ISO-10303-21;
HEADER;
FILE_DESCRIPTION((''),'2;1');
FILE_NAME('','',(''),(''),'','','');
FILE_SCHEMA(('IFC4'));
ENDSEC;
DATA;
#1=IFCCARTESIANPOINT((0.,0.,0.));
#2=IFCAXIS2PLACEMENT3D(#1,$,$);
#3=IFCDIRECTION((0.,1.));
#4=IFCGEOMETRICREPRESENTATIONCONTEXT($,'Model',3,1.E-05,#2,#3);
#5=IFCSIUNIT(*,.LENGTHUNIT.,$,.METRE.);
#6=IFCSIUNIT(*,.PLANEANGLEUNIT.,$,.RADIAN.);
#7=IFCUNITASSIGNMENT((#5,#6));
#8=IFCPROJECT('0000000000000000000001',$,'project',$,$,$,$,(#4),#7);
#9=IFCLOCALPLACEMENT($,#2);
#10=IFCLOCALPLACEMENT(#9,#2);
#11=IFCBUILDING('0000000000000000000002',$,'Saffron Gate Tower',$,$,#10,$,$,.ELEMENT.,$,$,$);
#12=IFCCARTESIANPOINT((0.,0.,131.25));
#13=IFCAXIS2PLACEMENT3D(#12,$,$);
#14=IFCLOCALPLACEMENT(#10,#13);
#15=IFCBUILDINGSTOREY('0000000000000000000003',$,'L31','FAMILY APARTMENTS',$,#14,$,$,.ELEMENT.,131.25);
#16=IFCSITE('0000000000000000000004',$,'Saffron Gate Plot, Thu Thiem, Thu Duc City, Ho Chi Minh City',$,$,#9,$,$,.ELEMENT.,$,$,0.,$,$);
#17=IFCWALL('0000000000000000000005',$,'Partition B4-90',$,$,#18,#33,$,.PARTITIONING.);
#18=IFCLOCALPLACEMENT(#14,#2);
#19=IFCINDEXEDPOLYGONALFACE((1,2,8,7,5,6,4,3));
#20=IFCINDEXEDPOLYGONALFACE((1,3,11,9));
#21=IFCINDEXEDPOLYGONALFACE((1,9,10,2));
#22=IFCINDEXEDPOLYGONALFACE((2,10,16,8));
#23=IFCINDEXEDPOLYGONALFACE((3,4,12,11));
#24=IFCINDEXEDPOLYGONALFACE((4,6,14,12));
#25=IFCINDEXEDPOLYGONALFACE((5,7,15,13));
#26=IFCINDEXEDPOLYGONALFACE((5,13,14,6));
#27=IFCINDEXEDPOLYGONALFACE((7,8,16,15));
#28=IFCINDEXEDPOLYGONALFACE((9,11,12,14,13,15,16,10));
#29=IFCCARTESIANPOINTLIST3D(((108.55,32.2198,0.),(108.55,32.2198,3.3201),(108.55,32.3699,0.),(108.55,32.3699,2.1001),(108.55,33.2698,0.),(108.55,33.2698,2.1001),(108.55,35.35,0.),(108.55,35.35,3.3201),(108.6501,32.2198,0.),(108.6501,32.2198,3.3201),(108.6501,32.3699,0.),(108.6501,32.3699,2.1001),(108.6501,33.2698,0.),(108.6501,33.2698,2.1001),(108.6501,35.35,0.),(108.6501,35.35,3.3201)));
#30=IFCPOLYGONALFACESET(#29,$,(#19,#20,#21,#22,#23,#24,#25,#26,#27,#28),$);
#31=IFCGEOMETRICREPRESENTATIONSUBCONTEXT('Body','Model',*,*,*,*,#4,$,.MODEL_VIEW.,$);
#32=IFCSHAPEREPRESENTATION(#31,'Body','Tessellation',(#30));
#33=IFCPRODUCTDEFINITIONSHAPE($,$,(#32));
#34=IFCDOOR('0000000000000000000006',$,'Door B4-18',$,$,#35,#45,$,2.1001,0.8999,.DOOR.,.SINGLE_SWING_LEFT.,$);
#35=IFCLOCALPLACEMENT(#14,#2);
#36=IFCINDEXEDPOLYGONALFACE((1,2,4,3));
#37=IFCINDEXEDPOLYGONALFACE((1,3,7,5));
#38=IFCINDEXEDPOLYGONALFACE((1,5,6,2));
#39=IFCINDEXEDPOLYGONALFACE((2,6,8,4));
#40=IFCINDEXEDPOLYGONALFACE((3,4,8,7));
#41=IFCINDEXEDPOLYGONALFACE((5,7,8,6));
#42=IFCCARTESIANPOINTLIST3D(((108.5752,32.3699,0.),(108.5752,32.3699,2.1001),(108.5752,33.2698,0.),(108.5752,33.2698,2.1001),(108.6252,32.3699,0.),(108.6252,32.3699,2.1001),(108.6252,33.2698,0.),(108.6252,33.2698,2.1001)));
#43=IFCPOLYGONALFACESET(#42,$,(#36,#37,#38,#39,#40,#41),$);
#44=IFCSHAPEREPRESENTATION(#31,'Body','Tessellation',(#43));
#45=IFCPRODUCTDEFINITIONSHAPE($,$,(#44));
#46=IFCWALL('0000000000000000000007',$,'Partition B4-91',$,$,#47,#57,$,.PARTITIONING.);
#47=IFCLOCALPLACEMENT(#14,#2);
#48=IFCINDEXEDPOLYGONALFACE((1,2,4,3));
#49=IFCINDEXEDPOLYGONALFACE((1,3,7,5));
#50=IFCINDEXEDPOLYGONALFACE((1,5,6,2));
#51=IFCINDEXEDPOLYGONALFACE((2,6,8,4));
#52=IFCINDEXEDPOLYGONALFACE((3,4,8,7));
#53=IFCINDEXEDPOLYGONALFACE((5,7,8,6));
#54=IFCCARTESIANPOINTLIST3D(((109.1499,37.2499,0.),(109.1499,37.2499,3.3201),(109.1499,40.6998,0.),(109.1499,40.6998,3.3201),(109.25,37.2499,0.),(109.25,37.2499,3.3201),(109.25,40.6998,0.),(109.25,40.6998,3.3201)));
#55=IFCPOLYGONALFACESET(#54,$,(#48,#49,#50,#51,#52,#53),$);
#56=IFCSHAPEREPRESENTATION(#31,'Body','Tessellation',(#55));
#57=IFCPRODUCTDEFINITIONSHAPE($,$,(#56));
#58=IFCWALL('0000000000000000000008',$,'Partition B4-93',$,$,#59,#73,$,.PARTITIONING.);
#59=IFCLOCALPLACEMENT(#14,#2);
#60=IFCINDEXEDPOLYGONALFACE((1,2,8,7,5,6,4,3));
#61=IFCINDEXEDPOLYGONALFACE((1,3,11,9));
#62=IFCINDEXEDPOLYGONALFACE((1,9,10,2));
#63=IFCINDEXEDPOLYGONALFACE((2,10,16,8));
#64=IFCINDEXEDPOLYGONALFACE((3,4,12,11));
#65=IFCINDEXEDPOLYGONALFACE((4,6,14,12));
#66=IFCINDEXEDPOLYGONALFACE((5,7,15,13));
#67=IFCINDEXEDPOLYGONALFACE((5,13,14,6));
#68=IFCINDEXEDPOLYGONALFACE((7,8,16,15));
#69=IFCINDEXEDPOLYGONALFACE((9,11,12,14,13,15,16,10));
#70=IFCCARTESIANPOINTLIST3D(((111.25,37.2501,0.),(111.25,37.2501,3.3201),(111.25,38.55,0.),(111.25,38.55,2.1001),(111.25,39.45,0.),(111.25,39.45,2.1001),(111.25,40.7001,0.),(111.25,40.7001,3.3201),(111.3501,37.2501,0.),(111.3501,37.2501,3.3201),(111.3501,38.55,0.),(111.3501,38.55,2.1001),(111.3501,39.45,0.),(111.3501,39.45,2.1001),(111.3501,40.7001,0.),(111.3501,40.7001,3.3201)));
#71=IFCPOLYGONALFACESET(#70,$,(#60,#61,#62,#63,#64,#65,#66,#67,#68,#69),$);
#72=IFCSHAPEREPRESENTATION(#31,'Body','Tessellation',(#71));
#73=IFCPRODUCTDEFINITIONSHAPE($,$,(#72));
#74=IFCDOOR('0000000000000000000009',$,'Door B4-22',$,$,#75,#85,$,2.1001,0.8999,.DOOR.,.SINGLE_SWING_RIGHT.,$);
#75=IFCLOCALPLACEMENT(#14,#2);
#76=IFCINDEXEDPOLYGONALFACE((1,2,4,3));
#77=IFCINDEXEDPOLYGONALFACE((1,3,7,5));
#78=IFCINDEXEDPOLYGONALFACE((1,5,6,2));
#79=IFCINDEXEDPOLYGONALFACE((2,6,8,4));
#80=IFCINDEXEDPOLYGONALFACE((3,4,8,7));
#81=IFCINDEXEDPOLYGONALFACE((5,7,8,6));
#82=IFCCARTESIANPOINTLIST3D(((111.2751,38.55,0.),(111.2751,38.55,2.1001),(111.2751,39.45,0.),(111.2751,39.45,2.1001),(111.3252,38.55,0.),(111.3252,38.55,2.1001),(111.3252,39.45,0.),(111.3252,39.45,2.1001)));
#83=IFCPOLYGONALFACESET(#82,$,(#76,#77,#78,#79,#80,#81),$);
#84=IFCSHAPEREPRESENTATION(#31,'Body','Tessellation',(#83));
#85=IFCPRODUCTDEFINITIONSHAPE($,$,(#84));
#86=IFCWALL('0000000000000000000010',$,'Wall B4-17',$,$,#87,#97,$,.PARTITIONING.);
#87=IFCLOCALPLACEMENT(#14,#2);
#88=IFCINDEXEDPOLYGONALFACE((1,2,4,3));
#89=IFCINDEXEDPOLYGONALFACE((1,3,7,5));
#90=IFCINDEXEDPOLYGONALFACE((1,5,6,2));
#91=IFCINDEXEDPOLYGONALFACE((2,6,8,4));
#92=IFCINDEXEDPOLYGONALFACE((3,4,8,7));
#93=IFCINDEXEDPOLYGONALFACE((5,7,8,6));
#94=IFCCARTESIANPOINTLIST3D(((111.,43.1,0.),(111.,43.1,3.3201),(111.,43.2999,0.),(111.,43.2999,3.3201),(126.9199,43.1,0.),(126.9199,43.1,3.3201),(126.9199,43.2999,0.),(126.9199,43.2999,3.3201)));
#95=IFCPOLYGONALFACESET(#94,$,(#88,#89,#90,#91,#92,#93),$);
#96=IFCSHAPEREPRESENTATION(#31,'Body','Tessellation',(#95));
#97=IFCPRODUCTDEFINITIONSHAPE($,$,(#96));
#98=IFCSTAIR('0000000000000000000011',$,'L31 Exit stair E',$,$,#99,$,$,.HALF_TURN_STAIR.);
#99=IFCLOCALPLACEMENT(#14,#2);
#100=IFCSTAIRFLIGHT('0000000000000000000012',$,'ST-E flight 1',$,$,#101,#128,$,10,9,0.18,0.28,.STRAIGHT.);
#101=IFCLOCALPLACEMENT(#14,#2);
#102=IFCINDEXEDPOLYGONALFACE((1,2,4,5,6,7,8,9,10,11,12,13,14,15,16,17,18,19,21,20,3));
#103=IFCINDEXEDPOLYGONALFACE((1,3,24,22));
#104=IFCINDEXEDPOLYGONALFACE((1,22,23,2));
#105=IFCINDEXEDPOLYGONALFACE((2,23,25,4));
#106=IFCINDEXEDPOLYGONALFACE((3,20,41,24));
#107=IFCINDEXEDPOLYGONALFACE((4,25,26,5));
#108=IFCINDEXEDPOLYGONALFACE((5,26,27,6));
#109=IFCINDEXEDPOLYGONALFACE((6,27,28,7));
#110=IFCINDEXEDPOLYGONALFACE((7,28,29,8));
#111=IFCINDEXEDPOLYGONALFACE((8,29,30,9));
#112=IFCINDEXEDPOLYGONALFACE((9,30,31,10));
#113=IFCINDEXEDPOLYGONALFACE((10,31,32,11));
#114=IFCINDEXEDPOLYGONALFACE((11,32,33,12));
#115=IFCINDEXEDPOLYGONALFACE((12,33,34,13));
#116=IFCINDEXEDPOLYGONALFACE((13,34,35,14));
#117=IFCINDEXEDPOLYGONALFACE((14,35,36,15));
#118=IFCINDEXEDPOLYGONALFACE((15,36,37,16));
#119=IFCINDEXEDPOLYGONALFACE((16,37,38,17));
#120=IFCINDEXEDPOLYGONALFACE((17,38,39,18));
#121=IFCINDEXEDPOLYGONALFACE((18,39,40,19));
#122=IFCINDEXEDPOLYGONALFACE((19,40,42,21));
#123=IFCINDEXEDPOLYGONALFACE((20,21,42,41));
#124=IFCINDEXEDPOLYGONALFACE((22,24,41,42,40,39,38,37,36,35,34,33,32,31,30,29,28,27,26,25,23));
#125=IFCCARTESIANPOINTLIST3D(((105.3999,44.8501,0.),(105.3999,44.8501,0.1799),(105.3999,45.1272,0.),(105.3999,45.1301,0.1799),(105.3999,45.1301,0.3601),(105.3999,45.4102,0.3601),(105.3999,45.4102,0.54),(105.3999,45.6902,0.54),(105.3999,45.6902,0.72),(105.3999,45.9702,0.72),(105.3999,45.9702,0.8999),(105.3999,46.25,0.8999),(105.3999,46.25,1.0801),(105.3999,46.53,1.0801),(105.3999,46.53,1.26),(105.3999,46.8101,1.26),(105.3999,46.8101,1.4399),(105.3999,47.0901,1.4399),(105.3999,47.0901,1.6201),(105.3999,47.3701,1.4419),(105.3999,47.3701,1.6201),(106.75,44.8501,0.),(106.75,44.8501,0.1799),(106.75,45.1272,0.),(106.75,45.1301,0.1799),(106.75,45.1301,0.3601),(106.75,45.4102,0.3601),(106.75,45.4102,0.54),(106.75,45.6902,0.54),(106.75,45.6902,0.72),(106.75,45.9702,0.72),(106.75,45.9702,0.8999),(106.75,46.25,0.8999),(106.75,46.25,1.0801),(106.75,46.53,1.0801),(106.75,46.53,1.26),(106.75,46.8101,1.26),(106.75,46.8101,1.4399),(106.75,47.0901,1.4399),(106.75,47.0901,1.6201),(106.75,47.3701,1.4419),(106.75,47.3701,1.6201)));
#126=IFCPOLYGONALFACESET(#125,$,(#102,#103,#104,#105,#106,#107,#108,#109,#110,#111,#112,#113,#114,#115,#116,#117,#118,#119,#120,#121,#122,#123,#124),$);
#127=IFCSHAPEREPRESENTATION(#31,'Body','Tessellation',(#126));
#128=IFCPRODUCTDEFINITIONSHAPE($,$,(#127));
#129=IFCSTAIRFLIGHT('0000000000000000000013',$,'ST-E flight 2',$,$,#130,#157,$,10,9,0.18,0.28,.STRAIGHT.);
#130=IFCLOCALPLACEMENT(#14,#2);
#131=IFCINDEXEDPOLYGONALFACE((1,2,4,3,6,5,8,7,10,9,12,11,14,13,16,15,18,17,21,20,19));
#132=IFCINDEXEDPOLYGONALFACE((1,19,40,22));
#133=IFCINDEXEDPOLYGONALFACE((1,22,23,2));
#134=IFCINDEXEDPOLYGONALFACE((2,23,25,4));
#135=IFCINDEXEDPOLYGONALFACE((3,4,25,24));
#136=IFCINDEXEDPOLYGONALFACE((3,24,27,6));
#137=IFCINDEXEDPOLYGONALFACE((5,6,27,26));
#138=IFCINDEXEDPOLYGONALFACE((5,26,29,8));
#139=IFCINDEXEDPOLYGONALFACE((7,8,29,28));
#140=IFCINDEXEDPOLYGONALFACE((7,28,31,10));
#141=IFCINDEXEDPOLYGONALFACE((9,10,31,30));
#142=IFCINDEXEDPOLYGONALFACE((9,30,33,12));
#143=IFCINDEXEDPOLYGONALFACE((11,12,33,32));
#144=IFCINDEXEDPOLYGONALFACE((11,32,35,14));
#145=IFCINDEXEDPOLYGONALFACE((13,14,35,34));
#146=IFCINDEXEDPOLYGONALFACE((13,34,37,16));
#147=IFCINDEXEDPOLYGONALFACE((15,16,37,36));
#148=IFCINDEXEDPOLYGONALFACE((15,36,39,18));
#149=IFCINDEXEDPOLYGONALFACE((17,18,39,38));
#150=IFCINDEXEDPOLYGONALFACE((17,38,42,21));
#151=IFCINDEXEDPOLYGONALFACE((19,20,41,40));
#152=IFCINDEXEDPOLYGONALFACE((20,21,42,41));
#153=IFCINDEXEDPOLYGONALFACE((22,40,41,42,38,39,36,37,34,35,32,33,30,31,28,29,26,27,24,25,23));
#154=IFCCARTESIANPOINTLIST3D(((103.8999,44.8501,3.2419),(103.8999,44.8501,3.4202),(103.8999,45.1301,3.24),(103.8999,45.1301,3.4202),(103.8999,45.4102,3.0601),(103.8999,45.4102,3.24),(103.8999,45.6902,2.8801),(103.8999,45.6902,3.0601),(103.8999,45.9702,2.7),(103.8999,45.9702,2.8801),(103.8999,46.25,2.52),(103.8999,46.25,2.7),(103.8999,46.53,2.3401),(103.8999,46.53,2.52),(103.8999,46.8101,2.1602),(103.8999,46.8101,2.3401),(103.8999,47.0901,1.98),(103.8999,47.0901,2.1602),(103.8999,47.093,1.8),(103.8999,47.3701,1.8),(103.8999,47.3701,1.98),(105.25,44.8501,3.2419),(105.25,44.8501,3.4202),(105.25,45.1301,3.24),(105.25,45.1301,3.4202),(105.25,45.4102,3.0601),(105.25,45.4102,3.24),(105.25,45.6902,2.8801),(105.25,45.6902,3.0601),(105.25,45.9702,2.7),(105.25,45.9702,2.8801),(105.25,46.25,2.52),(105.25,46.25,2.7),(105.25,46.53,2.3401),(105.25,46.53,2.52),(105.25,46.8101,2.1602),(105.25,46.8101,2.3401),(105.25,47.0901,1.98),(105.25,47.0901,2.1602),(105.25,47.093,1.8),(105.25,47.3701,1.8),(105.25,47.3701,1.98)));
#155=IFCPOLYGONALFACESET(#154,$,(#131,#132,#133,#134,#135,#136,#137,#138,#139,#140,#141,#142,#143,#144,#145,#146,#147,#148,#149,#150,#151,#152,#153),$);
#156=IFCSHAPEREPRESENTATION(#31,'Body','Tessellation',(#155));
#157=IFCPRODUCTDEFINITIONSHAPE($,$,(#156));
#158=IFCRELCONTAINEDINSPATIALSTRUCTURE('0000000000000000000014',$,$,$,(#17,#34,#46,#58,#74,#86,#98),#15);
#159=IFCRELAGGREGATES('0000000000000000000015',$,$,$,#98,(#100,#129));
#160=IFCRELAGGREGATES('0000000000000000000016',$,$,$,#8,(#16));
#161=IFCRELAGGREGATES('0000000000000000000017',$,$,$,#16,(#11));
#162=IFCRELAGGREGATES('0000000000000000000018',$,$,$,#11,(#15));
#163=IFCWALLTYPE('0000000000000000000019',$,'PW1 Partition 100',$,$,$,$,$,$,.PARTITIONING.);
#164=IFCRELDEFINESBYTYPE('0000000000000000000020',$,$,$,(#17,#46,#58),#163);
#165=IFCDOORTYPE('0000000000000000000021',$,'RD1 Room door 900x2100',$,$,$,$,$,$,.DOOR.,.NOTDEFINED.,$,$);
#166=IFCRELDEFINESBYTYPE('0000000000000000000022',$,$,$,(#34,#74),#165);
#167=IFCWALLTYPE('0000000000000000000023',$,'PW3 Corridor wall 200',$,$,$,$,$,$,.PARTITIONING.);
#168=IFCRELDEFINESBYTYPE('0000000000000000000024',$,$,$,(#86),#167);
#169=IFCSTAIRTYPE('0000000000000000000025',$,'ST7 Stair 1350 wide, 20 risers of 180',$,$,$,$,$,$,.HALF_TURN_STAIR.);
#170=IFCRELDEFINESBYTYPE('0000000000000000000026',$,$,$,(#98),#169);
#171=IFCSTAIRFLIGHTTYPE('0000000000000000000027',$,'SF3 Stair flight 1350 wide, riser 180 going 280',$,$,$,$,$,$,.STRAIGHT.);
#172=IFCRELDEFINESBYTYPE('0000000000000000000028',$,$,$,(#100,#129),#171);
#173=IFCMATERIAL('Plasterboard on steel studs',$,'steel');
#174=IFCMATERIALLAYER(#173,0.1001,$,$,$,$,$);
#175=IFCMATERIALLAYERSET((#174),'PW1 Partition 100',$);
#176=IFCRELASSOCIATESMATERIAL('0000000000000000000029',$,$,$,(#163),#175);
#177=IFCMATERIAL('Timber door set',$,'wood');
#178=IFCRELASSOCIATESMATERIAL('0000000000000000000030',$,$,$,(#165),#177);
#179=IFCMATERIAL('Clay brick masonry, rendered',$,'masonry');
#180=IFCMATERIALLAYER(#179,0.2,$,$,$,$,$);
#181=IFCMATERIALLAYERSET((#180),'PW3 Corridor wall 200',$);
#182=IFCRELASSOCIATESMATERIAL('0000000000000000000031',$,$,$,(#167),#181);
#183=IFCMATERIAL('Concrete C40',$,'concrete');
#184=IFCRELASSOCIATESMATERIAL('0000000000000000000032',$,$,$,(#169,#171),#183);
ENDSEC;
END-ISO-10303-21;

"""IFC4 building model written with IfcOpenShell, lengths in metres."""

from ifc_helpers import new_model, si_unit, direction, frame, frame_2d, origin, place, context, subcontext, project, spatial, polyline, rectangle, outline, extrude, material, layer, layer_set, type_object, element, fill, aggregate, save


model = new_model("IFC4")

# Units and contexts
model_context = context("Model", 3, precision=1e-05, world=origin(), true_north=direction((0.0, 1.0)))
body_context = subcontext(model_context, "Body", "Model", "MODEL_VIEW")
ifc_project = project(units=[si_unit("LENGTHUNIT", "METRE"), si_unit("PLANEANGLEUNIT", "RADIAN")], contexts=[model_context])

# Site, building, storey
site_placement = place(None, origin())
site = spatial("IfcSite", under=ifc_project, at=site_placement, Name="Saffron Gate Plot, Thu Thiem, Thu Duc City, Ho Chi Minh City", CompositionType="ELEMENT", RefElevation=0.0)
building_placement = place(site_placement, origin())
building = spatial("IfcBuilding", under=site, at=building_placement, Name="Saffron Gate Tower", CompositionType="ELEMENT")
storey_placement = place(building_placement, frame((0.0, 0.0, 131.25)))
storey = spatial("IfcBuildingStorey", under=building, at=storey_placement, Name="L31", Description="FAMILY APARTMENTS", CompositionType="ELEMENT", Elevation=131.25)

# Shared definitions
ifc_material_1 = material(Name="Plasterboard on steel studs", Category="steel")
ifc_layer_1 = layer(ifc_material_1, 0.1001)
ifc_layer_set_1 = layer_set([ifc_layer_1], Name="PW1 Partition 100")
wall_type_1 = type_object("IfcWallType", Name="PW1 Partition 100", PredefinedType="PARTITIONING", material=ifc_layer_set_1)
ifc_material_2 = material(Name="Timber door set", Category="wood")

# Wall, opening, door
wall_1_placement = place(storey_placement, frame((108.6001, 32.22, 0.0), z_axis=(0.0, 0.0, 1.0), x_axis=(0.0, 1.0, 0.0)))
wall_1 = element("IfcWall", 1, at=wall_1_placement, inside=storey, type_object=wall_type_1, Name="Partition B4-90", PredefinedType="PARTITIONING", context=body_context, shape_type="SweptSolid", body=[
    extrude(rectangle(XDim=3.1301, YDim=0.1001, at=frame_2d((1.5649, 0.0))), origin(), (0.0, 0.0, 1.0), 3.3201),
])
opening_1_placement = place(wall_1_placement, frame((0.1499, 0.0, 0.0)))
opening_1 = element("IfcOpeningElement", 2, at=opening_1_placement, cuts=wall_1, PredefinedType="OPENING", context=body_context, shape_type="SweptSolid", body=[
    extrude(rectangle(XDim=0.8999, YDim=2.1001, at=frame_2d((0.45, 1.05))), frame((0.0, 0.0601, 0.0), z_axis=(0.0, -1.0, 0.0), x_axis=(1.0, 0.0, 0.0)), (0.0, 0.0, 1.0), 0.1201),
])
door_type_1 = type_object("IfcDoorType", Name="RD1 Room door 900x2100", OperationType="NOTDEFINED", PredefinedType="DOOR", material=ifc_material_2)
door_1_placement = place(opening_1_placement, origin())
door_1 = element("IfcDoor", 3, at=door_1_placement, inside=storey, type_object=door_type_1, Name="Door B4-18", OperationType="SINGLE_SWING_LEFT", OverallHeight=2.1001, OverallWidth=0.8999, PredefinedType="DOOR", context=body_context, shape_type="SweptSolid", body=[
    extrude(rectangle(XDim=0.8999, YDim=2.1001, at=frame_2d((0.45, 1.05))), frame((0.0, 0.0249, 0.0), z_axis=(0.0, -1.0, 0.0), x_axis=(1.0, 0.0, 0.0)), (0.0, 0.0, 1.0), 0.05),
])
fill(opening_1, door_1)

# Wall
wall_2_placement = place(storey_placement, frame((109.2, 40.7, 0.0), z_axis=(0.0, 0.0, 1.0), x_axis=(0.0, -1.0, 0.0)))
element("IfcWall", 4, at=wall_2_placement, inside=storey, type_object=wall_type_1, Name="Partition B4-91", PredefinedType="PARTITIONING", context=body_context, shape_type="SweptSolid", body=[
    extrude(rectangle(XDim=3.45, YDim=0.1001, at=frame_2d((1.7251, 0.0))), origin(), (0.0, 0.0, 1.0), 3.3201),
])

# Wall, opening, door
wall_3_placement = place(storey_placement, frame((111.3, 37.25, 0.0), z_axis=(0.0, 0.0, 1.0), x_axis=(0.0, 1.0, 0.0)))
wall_3 = element("IfcWall", 5, at=wall_3_placement, inside=storey, type_object=wall_type_1, Name="Partition B4-93", PredefinedType="PARTITIONING", context=body_context, shape_type="SweptSolid", body=[
    extrude(rectangle(XDim=3.45, YDim=0.1001, at=frame_2d((1.7251, 0.0))), origin(), (0.0, 0.0, 1.0), 3.3201),
])
opening_2_placement = place(wall_3_placement, frame((1.3, 0.0, 0.0)))
opening_2 = element("IfcOpeningElement", 6, at=opening_2_placement, cuts=wall_3, PredefinedType="OPENING", context=body_context, shape_type="SweptSolid", body=[
    extrude(rectangle(XDim=0.8999, YDim=2.1001, at=frame_2d((0.45, 1.05))), frame((0.0, 0.0601, 0.0), z_axis=(0.0, -1.0, 0.0), x_axis=(1.0, 0.0, 0.0)), (0.0, 0.0, 1.0), 0.1201),
])
door_2_placement = place(opening_2_placement, origin())
door_2 = element("IfcDoor", 7, at=door_2_placement, inside=storey, type_object=door_type_1, Name="Door B4-22", OperationType="SINGLE_SWING_RIGHT", OverallHeight=2.1001, OverallWidth=0.8999, PredefinedType="DOOR", context=body_context, shape_type="SweptSolid", body=[
    extrude(rectangle(XDim=0.8999, YDim=2.1001, at=frame_2d((0.45, 1.05))), frame((0.0, 0.0249, 0.0), z_axis=(0.0, -1.0, 0.0), x_axis=(1.0, 0.0, 0.0)), (0.0, 0.0, 1.0), 0.05),
])
fill(opening_2, door_2)

# Wall
ifc_material_3 = material(Name="Clay brick masonry, rendered", Category="masonry")
ifc_layer_2 = layer(ifc_material_3, 0.2)
ifc_layer_set_2 = layer_set([ifc_layer_2], Name="PW3 Corridor wall 200")
wall_type_2 = type_object("IfcWallType", Name="PW3 Corridor wall 200", PredefinedType="PARTITIONING", material=ifc_layer_set_2)
wall_4_placement = place(storey_placement, frame((111.0, 43.2, 0.0), z_axis=(0.0, 0.0, 1.0), x_axis=(1.0, 0.0, 0.0)))
element("IfcWall", 8, at=wall_4_placement, inside=storey, type_object=wall_type_2, Name="Wall B4-17", PredefinedType="PARTITIONING", context=body_context, shape_type="SweptSolid", body=[
    extrude(rectangle(XDim=15.9199, YDim=0.2, at=frame_2d((7.96, 0.0))), origin(), (0.0, 0.0, 1.0), 3.3201),
])

# Stair, stair flights
ifc_material_4 = material(Name="Concrete C40", Category="concrete")
stair_type = type_object("IfcStairType", Name="ST7 Stair 1350 wide, 20 risers of 180", PredefinedType="HALF_TURN_STAIR", material=ifc_material_4)
stair_placement = place(storey_placement, origin())
stair = element("IfcStair", 9, at=stair_placement, inside=storey, type_object=stair_type, Name="L31 Exit stair E", PredefinedType="HALF_TURN_STAIR")
stair_flight_type = type_object("IfcStairFlightType", Name="SF3 Stair flight 1350 wide, riser 180 going 280", PredefinedType="STRAIGHT", material=ifc_material_4)
stair_flight_1_placement = place(storey_placement, frame((106.075, 44.8501, 0.0), z_axis=(0.0, 0.0, 1.0), x_axis=(0.0, 1.0, 0.0)))
stair_flight_1 = element("IfcStairFlight", 10, at=stair_flight_1_placement, type_object=stair_flight_type, Name="ST-E flight 1", NumberOfRisers=10, NumberOfTreads=9, PredefinedType="STRAIGHT", RiserHeight=0.18, TreadLength=0.28, context=body_context, shape_type="SweptSolid", body=[
    extrude(outline(polyline([(0.0, 0.0), (0.0, 0.1799), (0.28, 0.1799), (0.28, 0.3601), (0.5601, 0.3601), (0.5601, 0.54), (0.8401, 0.54), (0.8401, 0.72), (1.1201, 0.72), (1.1201, 0.8999), (1.3999, 0.8999), (1.3999, 1.0801), (1.6799, 1.0801), (1.6799, 1.26), (1.96, 1.26), (1.96, 1.4399), (2.24, 1.4399), (2.24, 1.6201), (2.52, 1.6201), (2.52, 1.8), (2.52, 1.4419), (0.2771, 0.0), (0.0, 0.0)])), frame((0.0, 0.675, 0.0), z_axis=(0.0, -1.0, 0.0), x_axis=(1.0, 0.0, 0.0)), (0.0, 0.0, 1.0), 1.3501),
])
stair_flight_2_placement = place(storey_placement, frame((104.575, 47.3701, 1.8), z_axis=(0.0, 0.0, 1.0), x_axis=(0.0, -1.0, 0.0)))
stair_flight_2 = element("IfcStairFlight", 11, at=stair_flight_2_placement, type_object=stair_flight_type, Name="ST-E flight 2", NumberOfRisers=10, NumberOfTreads=9, PredefinedType="STRAIGHT", RiserHeight=0.18, TreadLength=0.28, context=body_context, shape_type="SweptSolid", body=[
    extrude(outline(polyline([(0.0, 0.0), (0.0, 0.1799), (0.28, 0.1799), (0.28, 0.3601), (0.5601, 0.3601), (0.5601, 0.54), (0.8401, 0.54), (0.8401, 0.72), (1.1201, 0.72), (1.1201, 0.8999), (1.3999, 0.8999), (1.3999, 1.0801), (1.6799, 1.0801), (1.6799, 1.26), (1.96, 1.26), (1.96, 1.4399), (2.24, 1.4399), (2.24, 1.6201), (2.52, 1.6201), (2.52, 1.8), (2.52, 1.4419), (0.2771, 0.0), (0.0, 0.0)])), frame((0.0, 0.675, 0.0), z_axis=(0.0, -1.0, 0.0), x_axis=(1.0, 0.0, 0.0)), (0.0, 0.0, 1.0), 1.3501),
])
aggregate(stair, [stair_flight_1, stair_flight_2])

save(model, "model.ifc")
